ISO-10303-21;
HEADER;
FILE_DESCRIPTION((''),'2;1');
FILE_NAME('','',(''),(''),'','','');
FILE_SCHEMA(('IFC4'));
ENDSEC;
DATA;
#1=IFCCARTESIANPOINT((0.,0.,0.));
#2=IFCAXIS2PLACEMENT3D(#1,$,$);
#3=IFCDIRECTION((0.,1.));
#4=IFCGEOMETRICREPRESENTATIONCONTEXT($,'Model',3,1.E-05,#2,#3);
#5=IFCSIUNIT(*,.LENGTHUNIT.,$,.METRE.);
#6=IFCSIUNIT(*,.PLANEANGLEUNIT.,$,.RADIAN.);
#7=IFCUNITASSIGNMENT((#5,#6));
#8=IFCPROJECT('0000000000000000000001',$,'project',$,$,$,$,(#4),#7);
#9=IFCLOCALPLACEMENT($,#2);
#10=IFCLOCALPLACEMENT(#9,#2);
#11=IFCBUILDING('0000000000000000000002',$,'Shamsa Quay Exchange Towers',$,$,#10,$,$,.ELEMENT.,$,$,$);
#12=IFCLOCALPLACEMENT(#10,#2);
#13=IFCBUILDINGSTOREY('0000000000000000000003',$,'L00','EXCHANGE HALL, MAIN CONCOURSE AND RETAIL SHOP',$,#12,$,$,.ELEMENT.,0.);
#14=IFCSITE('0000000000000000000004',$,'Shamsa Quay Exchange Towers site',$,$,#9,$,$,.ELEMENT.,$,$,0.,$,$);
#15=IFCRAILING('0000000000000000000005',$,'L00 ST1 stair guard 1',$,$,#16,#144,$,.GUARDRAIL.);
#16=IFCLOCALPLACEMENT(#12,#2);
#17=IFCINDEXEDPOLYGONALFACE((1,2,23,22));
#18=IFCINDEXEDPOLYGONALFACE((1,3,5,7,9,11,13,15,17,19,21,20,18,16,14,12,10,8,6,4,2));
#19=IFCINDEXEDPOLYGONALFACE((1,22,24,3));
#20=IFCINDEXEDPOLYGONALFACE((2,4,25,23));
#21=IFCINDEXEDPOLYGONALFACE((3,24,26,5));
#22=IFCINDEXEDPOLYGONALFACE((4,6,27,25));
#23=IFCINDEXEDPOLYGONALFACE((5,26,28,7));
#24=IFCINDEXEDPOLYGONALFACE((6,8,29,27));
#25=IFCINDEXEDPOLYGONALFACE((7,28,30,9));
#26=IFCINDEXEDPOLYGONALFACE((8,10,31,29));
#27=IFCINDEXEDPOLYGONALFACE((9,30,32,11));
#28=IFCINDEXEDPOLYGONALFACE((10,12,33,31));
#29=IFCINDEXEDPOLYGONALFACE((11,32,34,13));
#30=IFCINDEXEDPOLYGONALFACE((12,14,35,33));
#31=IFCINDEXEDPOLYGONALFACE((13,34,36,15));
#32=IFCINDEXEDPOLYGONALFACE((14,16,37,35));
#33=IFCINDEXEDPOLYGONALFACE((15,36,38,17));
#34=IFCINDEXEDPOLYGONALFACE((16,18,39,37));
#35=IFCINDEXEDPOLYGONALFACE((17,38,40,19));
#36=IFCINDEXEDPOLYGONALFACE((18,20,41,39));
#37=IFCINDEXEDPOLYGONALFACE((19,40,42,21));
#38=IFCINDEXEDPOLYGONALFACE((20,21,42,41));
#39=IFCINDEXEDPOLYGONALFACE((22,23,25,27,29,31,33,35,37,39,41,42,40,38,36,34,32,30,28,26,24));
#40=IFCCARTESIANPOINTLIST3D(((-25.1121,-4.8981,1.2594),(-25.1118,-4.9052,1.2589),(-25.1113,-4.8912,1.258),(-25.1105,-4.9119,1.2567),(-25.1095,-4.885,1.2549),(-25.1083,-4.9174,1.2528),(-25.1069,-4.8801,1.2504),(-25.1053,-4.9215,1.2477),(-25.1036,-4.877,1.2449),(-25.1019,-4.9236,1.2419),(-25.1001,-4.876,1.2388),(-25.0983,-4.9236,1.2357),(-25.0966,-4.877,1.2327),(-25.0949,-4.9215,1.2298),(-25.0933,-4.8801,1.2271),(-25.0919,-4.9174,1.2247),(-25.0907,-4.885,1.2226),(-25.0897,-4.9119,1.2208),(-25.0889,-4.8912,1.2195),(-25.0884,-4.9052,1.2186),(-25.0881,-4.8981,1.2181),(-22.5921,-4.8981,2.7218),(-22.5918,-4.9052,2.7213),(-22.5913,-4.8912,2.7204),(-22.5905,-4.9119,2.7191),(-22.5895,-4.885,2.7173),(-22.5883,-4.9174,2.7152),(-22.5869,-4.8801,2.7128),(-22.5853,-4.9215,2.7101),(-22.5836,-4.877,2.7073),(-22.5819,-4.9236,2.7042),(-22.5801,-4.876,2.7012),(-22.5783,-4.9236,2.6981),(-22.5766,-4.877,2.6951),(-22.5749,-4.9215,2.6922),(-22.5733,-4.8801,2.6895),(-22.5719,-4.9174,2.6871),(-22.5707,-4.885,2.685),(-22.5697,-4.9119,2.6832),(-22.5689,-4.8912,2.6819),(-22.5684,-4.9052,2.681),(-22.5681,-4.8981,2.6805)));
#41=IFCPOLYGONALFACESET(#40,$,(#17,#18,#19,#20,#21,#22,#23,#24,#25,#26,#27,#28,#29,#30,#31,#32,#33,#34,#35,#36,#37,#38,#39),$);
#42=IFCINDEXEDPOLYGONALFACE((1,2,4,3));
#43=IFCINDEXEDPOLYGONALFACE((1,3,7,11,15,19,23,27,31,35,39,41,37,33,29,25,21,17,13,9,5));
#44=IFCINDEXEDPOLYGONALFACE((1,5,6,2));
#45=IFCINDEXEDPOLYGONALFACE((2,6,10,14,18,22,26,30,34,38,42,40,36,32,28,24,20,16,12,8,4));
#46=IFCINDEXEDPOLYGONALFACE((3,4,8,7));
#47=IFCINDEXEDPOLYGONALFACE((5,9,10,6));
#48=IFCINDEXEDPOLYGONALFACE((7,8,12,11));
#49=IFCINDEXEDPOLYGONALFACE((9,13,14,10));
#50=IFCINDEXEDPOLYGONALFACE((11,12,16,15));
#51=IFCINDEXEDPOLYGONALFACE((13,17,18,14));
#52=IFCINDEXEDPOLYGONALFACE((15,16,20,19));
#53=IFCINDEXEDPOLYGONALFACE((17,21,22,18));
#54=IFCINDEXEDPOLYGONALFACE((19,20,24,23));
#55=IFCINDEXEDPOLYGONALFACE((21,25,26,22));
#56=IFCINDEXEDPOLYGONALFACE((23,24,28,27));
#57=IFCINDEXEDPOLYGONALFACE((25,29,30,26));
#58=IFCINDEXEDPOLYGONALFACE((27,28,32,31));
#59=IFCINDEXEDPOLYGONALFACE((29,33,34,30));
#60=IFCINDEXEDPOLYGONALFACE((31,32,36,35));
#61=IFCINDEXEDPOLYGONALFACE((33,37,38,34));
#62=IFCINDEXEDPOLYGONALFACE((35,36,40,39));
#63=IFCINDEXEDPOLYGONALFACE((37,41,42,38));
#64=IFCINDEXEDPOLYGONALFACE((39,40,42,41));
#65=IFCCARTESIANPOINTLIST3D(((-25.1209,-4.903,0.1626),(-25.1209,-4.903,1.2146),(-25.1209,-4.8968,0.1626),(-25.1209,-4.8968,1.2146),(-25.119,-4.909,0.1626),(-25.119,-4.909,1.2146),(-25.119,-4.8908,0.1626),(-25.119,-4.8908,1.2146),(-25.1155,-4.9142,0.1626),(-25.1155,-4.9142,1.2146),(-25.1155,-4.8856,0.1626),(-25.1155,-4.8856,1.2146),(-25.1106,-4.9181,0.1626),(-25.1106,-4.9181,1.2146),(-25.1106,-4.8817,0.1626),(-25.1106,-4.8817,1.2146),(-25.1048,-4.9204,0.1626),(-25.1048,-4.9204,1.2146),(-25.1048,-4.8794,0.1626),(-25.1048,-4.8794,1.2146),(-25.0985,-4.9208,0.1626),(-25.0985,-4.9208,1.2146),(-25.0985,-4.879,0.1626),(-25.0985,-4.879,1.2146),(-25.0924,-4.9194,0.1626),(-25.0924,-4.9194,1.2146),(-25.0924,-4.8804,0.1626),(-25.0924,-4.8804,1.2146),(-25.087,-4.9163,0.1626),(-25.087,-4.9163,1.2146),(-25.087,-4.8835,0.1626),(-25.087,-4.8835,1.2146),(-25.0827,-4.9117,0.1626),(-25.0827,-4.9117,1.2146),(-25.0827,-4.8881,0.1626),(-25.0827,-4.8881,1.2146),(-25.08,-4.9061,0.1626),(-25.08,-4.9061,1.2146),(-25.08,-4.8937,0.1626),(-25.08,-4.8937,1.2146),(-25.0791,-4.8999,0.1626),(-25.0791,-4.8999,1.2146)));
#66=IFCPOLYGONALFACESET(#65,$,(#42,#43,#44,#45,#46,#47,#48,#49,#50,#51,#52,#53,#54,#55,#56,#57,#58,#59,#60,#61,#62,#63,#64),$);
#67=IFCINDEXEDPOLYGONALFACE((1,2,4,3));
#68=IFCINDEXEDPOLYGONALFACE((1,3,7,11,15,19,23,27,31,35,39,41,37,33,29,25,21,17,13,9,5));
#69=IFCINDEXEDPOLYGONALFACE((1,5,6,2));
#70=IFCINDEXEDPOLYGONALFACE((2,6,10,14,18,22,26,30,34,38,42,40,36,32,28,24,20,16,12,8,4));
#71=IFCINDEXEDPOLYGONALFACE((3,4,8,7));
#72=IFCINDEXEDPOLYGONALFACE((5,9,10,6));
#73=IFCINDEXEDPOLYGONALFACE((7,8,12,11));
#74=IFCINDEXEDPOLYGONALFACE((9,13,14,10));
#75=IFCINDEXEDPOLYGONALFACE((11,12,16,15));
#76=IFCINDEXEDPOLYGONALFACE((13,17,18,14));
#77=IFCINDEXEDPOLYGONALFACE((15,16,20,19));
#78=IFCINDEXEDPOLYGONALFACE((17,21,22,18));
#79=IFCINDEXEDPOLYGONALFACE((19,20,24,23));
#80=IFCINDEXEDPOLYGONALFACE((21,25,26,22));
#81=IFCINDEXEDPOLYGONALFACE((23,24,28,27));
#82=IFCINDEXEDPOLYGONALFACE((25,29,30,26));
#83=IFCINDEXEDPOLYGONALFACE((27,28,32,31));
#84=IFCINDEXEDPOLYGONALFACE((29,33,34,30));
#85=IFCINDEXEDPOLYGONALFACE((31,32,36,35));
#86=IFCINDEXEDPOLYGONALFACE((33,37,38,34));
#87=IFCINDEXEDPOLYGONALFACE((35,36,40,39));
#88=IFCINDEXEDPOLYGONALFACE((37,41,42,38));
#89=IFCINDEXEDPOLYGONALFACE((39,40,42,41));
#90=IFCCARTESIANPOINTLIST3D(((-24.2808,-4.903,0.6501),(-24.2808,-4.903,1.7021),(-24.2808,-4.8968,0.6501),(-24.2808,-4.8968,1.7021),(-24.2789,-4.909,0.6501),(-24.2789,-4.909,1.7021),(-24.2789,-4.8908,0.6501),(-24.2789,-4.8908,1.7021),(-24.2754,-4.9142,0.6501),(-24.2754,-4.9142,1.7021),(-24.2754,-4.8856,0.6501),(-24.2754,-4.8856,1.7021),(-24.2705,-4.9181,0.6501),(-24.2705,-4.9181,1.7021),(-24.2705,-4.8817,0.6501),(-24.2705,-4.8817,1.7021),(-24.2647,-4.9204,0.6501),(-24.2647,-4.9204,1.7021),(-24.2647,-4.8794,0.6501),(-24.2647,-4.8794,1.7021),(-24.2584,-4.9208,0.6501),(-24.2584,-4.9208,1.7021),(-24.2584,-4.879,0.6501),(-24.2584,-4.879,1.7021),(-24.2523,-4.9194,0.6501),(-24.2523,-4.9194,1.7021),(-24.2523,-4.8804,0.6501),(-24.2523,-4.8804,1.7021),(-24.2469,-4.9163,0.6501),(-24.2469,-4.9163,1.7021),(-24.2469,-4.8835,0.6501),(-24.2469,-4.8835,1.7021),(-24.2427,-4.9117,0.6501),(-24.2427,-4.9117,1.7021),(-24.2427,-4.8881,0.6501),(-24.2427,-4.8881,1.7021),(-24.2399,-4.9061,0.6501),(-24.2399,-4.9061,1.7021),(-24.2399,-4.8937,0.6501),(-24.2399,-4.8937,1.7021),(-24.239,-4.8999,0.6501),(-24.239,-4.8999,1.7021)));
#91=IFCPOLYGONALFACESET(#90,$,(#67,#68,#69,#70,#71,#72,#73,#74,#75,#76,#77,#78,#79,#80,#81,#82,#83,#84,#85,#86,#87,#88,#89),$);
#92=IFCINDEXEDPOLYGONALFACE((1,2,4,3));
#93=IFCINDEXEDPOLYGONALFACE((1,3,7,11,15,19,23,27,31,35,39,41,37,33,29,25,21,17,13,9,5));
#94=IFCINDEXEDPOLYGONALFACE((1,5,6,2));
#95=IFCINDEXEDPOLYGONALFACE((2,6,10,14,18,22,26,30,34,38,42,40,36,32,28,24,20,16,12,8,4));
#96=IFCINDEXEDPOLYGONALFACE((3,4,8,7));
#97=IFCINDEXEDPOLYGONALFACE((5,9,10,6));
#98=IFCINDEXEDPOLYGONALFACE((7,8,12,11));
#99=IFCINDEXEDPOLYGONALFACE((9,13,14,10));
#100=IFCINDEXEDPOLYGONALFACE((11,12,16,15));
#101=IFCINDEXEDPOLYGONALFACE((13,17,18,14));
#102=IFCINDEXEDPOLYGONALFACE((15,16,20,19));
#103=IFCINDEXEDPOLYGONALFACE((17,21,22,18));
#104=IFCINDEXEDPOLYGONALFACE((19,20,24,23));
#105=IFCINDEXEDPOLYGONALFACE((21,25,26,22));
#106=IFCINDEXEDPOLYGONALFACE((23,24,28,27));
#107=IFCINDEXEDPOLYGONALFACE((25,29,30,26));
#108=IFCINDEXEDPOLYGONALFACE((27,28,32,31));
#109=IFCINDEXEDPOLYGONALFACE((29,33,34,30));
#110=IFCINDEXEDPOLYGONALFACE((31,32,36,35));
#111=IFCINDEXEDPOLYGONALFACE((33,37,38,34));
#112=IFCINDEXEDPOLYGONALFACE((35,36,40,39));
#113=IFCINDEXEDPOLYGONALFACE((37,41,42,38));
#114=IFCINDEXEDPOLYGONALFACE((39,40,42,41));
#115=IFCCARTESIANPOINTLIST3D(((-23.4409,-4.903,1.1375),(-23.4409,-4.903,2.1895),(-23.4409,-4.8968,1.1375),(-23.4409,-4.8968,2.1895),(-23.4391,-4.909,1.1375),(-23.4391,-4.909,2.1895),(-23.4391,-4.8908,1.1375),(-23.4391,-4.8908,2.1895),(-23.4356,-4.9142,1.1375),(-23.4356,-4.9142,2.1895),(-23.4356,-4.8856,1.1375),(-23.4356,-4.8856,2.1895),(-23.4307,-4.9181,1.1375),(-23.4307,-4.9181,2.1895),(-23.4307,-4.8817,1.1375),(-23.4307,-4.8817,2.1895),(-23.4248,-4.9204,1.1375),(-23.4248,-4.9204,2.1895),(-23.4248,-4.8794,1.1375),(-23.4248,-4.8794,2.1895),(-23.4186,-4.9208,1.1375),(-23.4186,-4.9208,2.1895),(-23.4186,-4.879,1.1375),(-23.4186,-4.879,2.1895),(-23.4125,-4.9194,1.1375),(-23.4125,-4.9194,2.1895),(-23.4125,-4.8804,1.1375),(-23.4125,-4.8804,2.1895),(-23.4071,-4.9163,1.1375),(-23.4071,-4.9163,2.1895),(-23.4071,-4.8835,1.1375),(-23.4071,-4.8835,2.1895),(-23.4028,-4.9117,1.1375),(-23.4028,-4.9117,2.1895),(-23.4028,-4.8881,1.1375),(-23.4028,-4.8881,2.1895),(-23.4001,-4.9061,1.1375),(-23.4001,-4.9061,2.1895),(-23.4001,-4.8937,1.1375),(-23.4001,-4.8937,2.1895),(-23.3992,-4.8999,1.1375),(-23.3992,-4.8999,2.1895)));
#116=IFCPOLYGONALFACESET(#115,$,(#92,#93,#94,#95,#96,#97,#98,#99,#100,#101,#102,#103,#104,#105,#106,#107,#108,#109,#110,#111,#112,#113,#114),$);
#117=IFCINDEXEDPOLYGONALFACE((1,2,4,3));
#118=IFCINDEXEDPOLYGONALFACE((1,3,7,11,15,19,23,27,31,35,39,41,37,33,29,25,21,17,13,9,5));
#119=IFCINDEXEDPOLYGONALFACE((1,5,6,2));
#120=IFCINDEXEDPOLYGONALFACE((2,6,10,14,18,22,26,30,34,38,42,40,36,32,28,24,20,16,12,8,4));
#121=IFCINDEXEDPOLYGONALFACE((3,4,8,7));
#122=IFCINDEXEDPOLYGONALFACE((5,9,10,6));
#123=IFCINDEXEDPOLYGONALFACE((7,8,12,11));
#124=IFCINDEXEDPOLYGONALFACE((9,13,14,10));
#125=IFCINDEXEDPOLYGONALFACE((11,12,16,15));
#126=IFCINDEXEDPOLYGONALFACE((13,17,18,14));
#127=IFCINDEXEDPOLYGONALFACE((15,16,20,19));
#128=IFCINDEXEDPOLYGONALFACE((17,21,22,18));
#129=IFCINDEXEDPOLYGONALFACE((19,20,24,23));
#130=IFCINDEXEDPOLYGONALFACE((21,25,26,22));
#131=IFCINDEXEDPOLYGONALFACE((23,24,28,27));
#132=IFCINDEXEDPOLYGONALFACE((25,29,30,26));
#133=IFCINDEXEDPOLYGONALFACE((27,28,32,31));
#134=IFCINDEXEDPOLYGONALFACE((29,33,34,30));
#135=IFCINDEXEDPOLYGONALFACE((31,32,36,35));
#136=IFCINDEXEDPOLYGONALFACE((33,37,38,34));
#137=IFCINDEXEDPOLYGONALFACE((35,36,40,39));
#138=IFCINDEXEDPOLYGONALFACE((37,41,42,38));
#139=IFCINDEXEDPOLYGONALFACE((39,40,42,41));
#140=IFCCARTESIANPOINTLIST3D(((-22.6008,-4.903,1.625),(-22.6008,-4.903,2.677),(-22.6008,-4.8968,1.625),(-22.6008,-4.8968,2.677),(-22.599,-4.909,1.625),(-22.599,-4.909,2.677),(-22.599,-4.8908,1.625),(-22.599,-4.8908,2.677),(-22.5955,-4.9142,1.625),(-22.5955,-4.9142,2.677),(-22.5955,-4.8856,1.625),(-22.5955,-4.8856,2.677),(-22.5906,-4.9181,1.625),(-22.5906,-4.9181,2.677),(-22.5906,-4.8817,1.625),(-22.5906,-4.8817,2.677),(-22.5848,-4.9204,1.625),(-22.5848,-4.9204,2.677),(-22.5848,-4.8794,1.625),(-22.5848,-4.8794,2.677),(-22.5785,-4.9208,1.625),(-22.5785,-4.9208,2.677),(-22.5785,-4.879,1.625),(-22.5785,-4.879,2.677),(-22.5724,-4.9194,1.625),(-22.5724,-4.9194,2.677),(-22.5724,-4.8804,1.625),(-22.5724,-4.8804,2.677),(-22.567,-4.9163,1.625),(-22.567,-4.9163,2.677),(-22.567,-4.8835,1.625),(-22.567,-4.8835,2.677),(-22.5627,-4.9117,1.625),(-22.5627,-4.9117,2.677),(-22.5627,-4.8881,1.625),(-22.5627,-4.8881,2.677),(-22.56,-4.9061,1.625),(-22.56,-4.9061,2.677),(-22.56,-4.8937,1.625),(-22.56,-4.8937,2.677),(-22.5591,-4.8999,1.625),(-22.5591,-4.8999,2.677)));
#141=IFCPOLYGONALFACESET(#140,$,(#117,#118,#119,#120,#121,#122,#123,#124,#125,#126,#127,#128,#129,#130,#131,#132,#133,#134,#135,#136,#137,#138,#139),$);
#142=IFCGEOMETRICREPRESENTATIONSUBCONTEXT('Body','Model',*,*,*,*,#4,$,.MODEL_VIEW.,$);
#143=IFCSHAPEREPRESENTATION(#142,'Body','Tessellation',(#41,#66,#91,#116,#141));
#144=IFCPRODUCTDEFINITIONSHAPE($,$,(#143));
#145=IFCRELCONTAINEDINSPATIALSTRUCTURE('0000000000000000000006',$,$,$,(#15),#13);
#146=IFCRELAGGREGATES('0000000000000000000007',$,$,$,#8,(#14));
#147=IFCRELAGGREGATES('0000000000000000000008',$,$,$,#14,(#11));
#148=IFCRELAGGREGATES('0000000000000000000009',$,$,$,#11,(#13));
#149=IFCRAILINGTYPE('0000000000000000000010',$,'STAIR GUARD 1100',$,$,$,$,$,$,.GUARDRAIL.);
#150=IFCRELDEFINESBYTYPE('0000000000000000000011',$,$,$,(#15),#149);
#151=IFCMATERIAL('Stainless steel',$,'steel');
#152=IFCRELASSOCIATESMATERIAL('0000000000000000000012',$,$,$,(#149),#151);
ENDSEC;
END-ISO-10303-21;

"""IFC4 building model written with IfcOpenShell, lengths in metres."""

from ifc_helpers import new_model, si_unit, direction, frame, origin, origin_2d, place, context, subcontext, project, spatial, circle, extrude, material, type_object, element, save


model = new_model("IFC4")

# Units and contexts
model_context = context("Model", 3, precision=1e-05, world=origin(), true_north=direction((0.0, 1.0)))
body_context = subcontext(model_context, "Body", "Model", "MODEL_VIEW")
ifc_project = project(units=[si_unit("LENGTHUNIT", "METRE"), si_unit("PLANEANGLEUNIT", "RADIAN")], contexts=[model_context])

# Site, building, storey
site_placement = place(None, origin())
site = spatial("IfcSite", under=ifc_project, at=site_placement, Name="Shamsa Quay Exchange Towers site", CompositionType="ELEMENT", RefElevation=0.0)
building_placement = place(site_placement, origin())
building = spatial("IfcBuilding", under=site, at=building_placement, Name="Shamsa Quay Exchange Towers", CompositionType="ELEMENT")
storey_placement = place(building_placement, origin())
storey = spatial("IfcBuildingStorey", under=building, at=storey_placement, Name="L00", Description="EXCHANGE HALL, MAIN CONCOURSE AND RETAIL SHOP", CompositionType="ELEMENT", Elevation=0.0)

# Railing
ifc_material_1 = material(Name="Stainless steel", Category="steel")
railing_type_1 = type_object("IfcRailingType", Name="STAIR GUARD 1100", PredefinedType="GUARDRAIL", material=ifc_material_1)
railing_1_placement = place(storey_placement, frame((-25.1001, -4.8999, 0.1626)))
element("IfcRailing", 1, at=railing_1_placement, inside=storey, type_object=railing_type_1, Name="L00 ST1 stair guard 1", PredefinedType="GUARDRAIL", context=body_context, shape_type="SweptSolid", body=[
    extrude(circle(Radius=0.0239, at=origin_2d()), frame((0.0, 0.0, 1.0762), z_axis=(0.864913, 0.0, 0.501921), x_axis=(0.0, 1.0, 0.0)), (0.0, 0.0, 1.0), 2.9136),
    extrude(circle(Radius=0.021, at=origin_2d()), origin(), (0.0, 0.0, 1.0), 1.052),
    extrude(circle(Radius=0.021, at=origin_2d()), frame((0.8401, 0.0, 0.4875)), (0.0, 0.0, 1.0), 1.052),
    extrude(circle(Radius=0.021, at=origin_2d()), frame((1.6799, 0.0, 0.9749)), (0.0, 0.0, 1.0), 1.052),
    extrude(circle(Radius=0.021, at=origin_2d()), frame((2.52, 0.0, 1.4624)), (0.0, 0.0, 1.0), 1.052),
])

save(model, "model.ifc")
